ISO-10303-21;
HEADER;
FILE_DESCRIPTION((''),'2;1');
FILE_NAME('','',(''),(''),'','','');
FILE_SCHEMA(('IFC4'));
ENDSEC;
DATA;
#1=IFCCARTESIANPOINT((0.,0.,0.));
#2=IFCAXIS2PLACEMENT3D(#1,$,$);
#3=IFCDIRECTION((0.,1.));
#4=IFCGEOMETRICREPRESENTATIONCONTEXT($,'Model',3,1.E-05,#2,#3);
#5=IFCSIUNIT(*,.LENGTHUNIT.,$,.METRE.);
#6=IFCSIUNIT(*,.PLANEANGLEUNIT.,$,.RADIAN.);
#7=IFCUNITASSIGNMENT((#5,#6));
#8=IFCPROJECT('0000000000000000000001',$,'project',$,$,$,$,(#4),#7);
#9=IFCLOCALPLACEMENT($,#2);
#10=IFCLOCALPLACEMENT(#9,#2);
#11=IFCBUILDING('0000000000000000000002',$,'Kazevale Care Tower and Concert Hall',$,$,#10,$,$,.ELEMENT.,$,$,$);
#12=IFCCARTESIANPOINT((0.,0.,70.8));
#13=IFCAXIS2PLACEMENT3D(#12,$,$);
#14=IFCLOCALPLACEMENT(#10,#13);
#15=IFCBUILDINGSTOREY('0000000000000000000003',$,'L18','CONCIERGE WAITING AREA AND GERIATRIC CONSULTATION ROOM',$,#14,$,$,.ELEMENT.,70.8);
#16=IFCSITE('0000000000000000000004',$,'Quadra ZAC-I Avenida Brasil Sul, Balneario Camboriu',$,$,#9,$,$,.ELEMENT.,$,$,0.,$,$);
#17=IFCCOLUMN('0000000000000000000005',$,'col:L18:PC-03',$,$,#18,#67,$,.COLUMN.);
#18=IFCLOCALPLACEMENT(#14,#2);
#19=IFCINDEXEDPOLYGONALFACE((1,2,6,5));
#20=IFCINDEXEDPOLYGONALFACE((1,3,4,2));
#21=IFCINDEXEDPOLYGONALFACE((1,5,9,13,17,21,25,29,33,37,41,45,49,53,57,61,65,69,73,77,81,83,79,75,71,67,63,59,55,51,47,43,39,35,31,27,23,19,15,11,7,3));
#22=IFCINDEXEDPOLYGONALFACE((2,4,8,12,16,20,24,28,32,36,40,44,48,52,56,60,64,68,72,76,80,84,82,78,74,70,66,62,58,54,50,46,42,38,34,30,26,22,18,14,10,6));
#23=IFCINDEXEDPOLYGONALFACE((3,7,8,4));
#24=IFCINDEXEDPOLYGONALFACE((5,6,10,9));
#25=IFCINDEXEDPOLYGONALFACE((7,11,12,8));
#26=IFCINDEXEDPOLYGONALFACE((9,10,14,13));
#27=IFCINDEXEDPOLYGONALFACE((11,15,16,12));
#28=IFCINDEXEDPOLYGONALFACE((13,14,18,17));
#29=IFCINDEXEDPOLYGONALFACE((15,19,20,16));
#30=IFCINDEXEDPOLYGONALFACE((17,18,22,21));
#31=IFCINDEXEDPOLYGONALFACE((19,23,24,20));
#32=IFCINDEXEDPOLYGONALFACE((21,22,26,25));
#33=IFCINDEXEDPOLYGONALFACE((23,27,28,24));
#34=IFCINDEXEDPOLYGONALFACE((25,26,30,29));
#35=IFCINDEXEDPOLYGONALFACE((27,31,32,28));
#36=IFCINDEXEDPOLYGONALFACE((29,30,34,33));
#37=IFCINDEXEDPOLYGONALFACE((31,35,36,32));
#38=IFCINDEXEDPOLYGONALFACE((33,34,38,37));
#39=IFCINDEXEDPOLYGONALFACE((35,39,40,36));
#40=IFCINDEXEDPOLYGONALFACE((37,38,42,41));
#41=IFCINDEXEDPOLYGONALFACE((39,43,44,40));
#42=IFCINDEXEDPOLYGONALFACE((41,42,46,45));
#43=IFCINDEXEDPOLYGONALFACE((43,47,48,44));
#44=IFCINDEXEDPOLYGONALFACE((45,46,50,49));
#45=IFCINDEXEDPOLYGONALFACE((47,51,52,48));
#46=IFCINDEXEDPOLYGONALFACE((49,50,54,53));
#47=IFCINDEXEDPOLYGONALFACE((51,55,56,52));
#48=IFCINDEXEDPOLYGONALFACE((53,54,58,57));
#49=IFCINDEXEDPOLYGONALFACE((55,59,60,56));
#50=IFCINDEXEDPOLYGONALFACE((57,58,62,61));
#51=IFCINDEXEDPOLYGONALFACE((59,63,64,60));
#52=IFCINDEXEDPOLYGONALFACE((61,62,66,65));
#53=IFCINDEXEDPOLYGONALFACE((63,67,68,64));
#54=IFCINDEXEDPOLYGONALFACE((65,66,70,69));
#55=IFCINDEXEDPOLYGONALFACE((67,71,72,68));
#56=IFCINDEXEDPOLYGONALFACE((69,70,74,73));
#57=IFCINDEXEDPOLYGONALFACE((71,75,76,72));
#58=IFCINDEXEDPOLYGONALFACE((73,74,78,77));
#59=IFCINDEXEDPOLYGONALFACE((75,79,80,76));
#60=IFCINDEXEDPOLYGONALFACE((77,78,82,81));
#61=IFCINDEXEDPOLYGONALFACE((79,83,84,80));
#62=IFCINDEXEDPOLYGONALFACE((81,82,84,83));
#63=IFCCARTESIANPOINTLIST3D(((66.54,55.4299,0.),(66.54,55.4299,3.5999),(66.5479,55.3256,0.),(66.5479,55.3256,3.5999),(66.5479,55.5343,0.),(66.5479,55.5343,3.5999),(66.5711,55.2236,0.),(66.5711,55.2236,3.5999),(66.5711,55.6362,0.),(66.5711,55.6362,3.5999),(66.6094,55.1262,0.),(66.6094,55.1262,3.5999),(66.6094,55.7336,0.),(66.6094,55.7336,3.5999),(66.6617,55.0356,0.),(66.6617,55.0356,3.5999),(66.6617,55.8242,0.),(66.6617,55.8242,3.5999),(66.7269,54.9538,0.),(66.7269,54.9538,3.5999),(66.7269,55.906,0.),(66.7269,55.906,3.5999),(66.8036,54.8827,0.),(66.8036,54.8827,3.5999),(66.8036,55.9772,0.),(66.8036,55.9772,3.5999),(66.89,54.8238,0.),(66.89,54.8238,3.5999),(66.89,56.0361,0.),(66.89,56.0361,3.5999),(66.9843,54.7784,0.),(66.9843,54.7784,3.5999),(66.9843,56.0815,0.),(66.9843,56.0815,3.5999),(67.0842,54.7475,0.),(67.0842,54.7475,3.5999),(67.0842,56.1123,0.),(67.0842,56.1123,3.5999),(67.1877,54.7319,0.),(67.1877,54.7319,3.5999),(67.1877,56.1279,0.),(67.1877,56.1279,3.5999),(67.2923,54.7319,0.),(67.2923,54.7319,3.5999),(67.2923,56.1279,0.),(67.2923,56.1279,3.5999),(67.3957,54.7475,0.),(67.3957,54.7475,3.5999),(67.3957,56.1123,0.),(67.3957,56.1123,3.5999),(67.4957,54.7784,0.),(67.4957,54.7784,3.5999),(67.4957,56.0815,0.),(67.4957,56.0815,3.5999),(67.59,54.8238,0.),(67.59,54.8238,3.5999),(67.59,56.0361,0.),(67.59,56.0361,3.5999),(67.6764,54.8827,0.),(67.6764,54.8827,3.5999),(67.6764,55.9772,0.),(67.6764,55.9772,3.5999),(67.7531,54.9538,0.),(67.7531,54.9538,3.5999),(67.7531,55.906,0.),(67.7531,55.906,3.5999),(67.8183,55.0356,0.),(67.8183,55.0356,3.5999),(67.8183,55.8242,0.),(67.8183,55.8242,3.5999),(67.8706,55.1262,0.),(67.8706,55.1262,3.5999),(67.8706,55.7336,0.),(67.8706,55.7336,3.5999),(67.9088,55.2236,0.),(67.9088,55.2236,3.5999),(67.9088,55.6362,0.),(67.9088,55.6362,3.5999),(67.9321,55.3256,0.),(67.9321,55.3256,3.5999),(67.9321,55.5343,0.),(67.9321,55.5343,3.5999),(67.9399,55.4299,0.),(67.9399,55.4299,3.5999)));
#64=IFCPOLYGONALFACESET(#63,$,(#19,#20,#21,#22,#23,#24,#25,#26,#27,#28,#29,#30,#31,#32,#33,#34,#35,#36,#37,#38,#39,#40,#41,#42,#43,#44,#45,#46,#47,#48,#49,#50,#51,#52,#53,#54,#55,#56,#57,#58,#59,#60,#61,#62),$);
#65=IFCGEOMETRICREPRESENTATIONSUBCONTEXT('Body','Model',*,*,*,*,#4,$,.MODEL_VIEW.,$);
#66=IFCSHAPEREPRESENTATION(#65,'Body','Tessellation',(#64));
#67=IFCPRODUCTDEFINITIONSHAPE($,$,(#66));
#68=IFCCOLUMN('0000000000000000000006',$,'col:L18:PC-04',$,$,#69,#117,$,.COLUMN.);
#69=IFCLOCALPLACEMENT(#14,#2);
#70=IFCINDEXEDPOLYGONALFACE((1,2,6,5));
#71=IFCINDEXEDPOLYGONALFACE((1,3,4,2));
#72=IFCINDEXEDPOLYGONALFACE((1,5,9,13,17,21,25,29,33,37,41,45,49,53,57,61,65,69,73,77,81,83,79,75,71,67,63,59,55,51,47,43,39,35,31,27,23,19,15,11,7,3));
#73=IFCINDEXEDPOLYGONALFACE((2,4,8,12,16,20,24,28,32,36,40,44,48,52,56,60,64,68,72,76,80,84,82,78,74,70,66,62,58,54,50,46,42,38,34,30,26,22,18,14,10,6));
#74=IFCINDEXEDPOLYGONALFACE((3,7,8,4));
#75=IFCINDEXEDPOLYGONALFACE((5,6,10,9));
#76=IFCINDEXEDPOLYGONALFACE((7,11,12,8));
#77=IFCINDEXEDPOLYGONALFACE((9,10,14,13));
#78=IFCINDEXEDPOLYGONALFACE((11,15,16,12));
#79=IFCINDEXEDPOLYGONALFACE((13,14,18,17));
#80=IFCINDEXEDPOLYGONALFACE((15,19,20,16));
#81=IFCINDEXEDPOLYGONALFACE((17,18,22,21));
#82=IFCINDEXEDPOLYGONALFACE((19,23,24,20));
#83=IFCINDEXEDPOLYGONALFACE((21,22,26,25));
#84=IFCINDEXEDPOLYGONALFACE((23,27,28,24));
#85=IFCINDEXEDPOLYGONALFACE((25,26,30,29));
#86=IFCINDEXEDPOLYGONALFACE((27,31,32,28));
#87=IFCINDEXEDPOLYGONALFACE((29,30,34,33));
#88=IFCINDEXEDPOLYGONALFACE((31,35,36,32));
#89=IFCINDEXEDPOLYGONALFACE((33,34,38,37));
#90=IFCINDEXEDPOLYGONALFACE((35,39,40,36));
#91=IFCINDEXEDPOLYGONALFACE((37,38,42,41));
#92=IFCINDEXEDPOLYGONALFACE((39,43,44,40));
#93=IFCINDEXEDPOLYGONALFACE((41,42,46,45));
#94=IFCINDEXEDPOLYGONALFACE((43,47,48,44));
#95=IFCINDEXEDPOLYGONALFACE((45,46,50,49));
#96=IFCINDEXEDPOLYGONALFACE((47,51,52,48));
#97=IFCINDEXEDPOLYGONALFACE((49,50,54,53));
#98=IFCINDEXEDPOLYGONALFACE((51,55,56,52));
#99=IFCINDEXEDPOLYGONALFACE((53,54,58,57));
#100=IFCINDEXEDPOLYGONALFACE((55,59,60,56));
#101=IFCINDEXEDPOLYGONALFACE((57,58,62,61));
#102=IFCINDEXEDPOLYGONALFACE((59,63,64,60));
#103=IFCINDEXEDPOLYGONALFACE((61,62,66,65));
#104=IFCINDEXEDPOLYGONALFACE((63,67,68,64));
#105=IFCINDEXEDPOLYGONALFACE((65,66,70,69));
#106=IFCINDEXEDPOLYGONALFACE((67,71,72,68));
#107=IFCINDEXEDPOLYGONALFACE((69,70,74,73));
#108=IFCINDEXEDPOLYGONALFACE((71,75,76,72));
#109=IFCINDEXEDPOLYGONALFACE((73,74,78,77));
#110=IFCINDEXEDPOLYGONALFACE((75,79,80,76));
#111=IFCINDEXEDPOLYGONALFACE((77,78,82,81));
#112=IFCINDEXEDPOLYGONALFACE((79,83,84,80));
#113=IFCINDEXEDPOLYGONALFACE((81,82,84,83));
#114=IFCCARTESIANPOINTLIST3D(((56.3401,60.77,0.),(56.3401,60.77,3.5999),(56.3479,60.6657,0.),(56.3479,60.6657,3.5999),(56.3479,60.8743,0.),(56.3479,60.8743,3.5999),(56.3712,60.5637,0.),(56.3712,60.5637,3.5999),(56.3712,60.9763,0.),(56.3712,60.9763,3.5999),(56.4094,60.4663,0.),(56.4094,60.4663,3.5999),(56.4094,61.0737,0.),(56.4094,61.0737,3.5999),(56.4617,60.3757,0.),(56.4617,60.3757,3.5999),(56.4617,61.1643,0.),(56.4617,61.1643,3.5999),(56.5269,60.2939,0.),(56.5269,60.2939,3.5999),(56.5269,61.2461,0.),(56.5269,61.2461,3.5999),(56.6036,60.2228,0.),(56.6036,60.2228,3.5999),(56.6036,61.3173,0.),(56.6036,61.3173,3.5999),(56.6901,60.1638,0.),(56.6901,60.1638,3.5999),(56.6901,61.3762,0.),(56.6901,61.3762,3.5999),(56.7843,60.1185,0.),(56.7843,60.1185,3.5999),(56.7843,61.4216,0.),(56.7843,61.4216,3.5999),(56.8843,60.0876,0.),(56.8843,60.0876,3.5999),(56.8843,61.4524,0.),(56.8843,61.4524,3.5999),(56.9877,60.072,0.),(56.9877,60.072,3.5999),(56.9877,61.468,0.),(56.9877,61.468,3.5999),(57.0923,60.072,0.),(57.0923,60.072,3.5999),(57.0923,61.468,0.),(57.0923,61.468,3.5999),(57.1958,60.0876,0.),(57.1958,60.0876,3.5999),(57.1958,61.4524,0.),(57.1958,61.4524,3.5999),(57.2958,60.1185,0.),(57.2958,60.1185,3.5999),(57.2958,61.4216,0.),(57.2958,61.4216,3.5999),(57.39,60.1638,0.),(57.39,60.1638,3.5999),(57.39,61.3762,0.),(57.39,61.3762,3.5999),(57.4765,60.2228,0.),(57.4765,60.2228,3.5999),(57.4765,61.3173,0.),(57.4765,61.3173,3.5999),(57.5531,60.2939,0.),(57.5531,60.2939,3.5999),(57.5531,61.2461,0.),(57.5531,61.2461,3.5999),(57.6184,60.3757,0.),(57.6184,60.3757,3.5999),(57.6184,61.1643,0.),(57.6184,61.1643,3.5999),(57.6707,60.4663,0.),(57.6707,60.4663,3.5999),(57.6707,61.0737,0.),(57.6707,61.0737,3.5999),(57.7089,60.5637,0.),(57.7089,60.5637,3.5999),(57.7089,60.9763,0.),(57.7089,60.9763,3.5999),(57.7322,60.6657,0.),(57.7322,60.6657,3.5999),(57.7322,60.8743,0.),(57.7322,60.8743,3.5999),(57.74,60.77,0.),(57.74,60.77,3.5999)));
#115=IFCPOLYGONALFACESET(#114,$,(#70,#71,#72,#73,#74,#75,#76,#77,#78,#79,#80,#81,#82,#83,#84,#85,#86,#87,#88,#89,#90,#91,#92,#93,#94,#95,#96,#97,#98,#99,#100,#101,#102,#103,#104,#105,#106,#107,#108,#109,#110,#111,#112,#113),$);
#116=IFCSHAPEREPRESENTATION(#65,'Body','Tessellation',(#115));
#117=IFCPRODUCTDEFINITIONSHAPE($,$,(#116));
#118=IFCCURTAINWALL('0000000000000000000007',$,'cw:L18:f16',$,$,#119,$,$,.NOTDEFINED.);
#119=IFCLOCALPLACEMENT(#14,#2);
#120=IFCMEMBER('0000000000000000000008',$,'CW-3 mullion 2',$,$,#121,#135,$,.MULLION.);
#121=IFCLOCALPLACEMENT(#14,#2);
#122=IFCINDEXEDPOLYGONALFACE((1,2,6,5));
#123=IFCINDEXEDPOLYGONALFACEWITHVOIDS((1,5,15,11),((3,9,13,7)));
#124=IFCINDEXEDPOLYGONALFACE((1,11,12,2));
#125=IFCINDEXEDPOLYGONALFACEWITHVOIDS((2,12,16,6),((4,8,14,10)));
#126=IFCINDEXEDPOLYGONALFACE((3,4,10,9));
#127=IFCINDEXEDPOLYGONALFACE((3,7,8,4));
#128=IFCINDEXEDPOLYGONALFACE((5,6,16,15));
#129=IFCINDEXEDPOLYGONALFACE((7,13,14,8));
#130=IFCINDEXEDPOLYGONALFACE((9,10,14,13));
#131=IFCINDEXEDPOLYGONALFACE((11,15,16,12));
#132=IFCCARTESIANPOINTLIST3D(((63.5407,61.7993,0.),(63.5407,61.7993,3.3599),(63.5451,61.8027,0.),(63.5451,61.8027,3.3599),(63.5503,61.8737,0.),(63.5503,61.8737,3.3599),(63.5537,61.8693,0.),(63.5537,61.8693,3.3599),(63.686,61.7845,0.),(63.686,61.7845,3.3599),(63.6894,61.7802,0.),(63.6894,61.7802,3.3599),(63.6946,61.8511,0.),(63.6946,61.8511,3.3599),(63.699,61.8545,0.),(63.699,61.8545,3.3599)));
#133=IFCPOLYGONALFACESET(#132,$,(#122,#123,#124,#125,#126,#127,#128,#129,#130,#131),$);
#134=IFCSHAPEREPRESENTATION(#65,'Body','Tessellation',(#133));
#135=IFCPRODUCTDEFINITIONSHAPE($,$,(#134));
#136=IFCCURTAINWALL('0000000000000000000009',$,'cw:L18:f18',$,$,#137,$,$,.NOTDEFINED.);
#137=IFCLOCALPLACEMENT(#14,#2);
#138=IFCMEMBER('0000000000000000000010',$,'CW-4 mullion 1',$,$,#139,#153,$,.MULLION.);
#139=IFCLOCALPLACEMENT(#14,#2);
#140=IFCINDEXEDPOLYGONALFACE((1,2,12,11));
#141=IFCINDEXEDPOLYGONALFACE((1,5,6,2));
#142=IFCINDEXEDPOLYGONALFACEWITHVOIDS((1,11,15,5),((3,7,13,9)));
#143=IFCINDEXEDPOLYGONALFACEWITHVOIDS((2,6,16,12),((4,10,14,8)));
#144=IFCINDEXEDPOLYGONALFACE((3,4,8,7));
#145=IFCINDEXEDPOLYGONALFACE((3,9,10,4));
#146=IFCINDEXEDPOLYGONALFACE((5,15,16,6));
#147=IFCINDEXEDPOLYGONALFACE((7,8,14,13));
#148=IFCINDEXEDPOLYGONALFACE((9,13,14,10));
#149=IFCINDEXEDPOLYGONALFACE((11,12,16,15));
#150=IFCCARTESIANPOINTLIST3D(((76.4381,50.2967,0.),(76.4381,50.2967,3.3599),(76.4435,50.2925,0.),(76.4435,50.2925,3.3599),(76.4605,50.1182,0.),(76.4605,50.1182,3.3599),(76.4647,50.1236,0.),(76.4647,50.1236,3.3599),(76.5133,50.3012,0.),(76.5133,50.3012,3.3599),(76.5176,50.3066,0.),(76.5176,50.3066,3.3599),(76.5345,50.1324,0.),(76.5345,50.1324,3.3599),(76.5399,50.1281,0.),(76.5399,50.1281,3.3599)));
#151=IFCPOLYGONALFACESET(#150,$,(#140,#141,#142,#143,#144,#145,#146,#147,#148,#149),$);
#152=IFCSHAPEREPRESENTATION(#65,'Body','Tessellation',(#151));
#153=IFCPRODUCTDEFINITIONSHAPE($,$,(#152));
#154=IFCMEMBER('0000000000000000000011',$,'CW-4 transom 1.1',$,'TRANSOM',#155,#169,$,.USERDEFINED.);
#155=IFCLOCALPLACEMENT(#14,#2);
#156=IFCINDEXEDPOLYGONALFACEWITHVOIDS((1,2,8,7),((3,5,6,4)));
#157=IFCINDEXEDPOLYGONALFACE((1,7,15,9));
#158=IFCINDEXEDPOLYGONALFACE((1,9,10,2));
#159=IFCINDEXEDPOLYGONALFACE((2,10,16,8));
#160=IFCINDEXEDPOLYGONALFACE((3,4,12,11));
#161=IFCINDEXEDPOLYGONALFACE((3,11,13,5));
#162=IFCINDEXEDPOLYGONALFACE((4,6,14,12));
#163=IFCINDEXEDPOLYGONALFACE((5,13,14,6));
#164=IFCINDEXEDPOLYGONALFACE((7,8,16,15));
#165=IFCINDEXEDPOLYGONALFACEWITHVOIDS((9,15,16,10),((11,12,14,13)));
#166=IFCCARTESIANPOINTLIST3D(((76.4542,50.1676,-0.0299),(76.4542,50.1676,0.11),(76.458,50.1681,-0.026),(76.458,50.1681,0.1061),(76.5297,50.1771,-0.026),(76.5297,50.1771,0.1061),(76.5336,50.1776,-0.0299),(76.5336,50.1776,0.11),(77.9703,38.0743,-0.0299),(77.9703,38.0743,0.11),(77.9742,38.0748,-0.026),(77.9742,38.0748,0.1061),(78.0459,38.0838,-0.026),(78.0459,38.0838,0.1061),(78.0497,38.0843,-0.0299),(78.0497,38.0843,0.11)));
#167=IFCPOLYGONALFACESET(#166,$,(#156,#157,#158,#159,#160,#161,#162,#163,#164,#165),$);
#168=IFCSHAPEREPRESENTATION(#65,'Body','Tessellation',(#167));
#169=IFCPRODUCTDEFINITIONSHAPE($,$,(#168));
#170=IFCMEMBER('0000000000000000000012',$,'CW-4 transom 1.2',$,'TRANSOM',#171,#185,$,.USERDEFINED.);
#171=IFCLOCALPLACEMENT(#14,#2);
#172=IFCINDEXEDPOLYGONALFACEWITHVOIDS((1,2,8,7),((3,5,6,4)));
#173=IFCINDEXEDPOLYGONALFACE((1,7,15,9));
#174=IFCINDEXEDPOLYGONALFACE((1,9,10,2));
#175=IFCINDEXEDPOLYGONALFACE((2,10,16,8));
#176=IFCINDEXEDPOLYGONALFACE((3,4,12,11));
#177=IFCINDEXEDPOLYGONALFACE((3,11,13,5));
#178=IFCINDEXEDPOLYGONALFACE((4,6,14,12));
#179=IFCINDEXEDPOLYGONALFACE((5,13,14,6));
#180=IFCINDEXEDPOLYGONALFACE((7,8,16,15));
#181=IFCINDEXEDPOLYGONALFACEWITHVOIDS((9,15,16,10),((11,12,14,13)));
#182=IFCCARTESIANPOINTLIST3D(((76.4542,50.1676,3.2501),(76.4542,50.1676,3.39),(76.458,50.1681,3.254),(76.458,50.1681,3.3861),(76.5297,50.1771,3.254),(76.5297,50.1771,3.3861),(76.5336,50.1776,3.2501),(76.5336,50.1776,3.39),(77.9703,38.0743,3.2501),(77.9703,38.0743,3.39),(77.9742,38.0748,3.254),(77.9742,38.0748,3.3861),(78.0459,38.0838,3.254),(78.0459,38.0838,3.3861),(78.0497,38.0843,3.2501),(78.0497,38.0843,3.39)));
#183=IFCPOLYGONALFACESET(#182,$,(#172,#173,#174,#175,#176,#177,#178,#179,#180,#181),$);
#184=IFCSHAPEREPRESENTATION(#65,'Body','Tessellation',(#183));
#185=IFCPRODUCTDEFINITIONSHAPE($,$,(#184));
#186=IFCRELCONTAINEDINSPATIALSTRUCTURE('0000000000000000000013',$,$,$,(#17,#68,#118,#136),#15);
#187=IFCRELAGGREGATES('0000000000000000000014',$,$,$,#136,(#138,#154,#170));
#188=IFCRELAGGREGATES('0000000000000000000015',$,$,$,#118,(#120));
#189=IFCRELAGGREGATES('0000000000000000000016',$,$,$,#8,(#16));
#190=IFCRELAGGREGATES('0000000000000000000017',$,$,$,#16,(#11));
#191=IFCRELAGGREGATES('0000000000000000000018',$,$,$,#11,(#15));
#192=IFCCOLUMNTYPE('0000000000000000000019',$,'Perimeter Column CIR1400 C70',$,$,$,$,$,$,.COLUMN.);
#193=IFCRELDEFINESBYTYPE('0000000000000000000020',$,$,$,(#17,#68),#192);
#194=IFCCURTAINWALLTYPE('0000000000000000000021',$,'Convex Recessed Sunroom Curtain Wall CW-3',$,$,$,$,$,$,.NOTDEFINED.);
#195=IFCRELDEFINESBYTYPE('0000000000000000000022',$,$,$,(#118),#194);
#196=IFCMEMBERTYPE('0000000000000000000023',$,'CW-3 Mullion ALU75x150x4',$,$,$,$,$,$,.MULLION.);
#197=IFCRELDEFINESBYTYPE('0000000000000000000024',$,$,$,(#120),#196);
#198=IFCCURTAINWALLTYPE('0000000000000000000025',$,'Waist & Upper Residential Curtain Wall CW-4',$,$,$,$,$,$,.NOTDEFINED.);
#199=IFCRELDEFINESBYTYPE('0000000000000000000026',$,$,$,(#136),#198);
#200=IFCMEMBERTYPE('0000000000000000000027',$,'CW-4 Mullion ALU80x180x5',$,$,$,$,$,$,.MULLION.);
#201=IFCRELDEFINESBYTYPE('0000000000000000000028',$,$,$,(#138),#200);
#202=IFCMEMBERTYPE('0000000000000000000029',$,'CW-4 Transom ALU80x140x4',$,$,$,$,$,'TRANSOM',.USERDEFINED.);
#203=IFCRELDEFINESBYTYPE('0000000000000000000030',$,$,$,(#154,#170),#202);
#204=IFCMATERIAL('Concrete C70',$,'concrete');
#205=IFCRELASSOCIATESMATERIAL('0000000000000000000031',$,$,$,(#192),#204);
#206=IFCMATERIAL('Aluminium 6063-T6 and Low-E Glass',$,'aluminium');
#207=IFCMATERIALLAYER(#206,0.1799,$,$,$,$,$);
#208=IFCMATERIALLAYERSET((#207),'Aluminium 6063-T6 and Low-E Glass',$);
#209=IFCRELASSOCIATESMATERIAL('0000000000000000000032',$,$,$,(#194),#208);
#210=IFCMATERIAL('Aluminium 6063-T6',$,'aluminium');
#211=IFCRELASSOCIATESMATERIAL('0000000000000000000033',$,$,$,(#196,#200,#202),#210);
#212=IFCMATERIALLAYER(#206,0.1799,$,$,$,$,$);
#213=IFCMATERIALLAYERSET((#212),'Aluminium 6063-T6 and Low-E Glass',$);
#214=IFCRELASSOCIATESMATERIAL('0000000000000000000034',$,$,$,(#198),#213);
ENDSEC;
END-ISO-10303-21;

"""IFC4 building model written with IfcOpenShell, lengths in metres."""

from ifc_helpers import new_model, si_unit, direction, frame, origin, origin_2d, place, context, subcontext, project, spatial, hollow_rectangle, circle, extrude, material, layer, layer_set, material_profile, profile_set, type_object, element, aggregate, save


model = new_model("IFC4")

# Units and contexts
model_context = context("Model", 3, precision=1e-05, world=origin(), true_north=direction((0.0, 1.0)))
body_context = subcontext(model_context, "Body", "Model", "MODEL_VIEW")
ifc_project = project(units=[si_unit("LENGTHUNIT", "METRE"), si_unit("PLANEANGLEUNIT", "RADIAN")], contexts=[model_context])

# Site, building, storey
site_placement = place(None, origin())
site = spatial("IfcSite", under=ifc_project, at=site_placement, Name="Quadra ZAC-I Avenida Brasil Sul, Balneario Camboriu", CompositionType="ELEMENT", RefElevation=0.0)
building_placement = place(site_placement, origin())
building = spatial("IfcBuilding", under=site, at=building_placement, Name="Kazevale Care Tower and Concert Hall", CompositionType="ELEMENT")
storey_placement = place(building_placement, frame((0.0, 0.0, 70.8)))
storey = spatial("IfcBuildingStorey", under=building, at=storey_placement, Name="L18", Description="CONCIERGE WAITING AREA AND GERIATRIC CONSULTATION ROOM", CompositionType="ELEMENT", Elevation=70.8)

# Columns
ifc_material_1 = material(Name="Concrete C70", Category="concrete")
ifc_material_profile_1 = material_profile(ifc_material_1, circle(Radius=0.7, at=origin_2d()), Name="RC-CIR1400")
ifc_profile_set_1 = profile_set([ifc_material_profile_1], Name="Concrete C70")
column_type = type_object("IfcColumnType", Name="Perimeter Column CIR1400 C70", PredefinedType="COLUMN", material=ifc_profile_set_1)
for number, where, z_axis, x_axis, name in (
    (1, (67.24, 55.4299, 0.0), (0.0, 0.0, 1.0), (1.0, 0.0, 0.0), "col:L18:PC-03"),
    (2, (57.04, 60.77, 0.0), (0.0, 0.0, 1.0), (1.0, 0.0, 0.0), "col:L18:PC-04"),
):
    element("IfcColumn", number, at=place(storey_placement, frame(where, z_axis=z_axis, x_axis=x_axis)), inside=storey, type_object=column_type, Name=name, PredefinedType="COLUMN", context=body_context, shape_type="SweptSolid", body=[
        extrude(circle(Radius=0.7, at=origin_2d()), origin(), (0.0, 0.0, 1.0), 3.5999),
    ])

# Curtain wall, member
ifc_material_2 = material(Name="Aluminium 6063-T6 and Low-E Glass", Category="aluminium")
ifc_layer_1 = layer(ifc_material_2, 0.1799)
ifc_layer_set_1 = layer_set([ifc_layer_1], Name="Aluminium 6063-T6 and Low-E Glass")
curtain_wall_type_1 = type_object("IfcCurtainWallType", Name="Convex Recessed Sunroom Curtain Wall CW-3", PredefinedType="NOTDEFINED", material=ifc_layer_set_1)
curtain_wall_1_placement = place(storey_placement, origin())
curtain_wall_1 = element("IfcCurtainWall", 3, at=curtain_wall_1_placement, inside=storey, type_object=curtain_wall_type_1, Name="cw:L18:f16", PredefinedType="NOTDEFINED")
ifc_material_3 = material(Name="Aluminium 6063-T6", Category="aluminium")
ifc_material_profile_2 = material_profile(ifc_material_3, hollow_rectangle(XDim=0.075, YDim=0.1499, WallThickness=0.0039, at=origin_2d()), Name="ALU75x150x4")
ifc_profile_set_2 = profile_set([ifc_material_profile_2], Name="Aluminium 6063-T6")
member_type_1 = type_object("IfcMemberType", Name="CW-3 Mullion ALU75x150x4", PredefinedType="MULLION", material=ifc_profile_set_2)
member_1_placement = place(storey_placement, frame((63.6199, 61.8269, 0.0), z_axis=(0.0, 0.0, 1.0), x_axis=(0.12787, 0.991791, 0.0)))
member_1 = element("IfcMember", 4, at=member_1_placement, type_object=member_type_1, Name="CW-3 mullion 2", PredefinedType="MULLION", context=body_context, shape_type="SweptSolid", body=[
    extrude(hollow_rectangle(XDim=0.075, YDim=0.1499, WallThickness=0.0039, at=origin_2d()), origin(), (0.0, 0.0, 1.0), 3.3599),
])

# Curtain wall, members
ifc_layer_2 = layer(ifc_material_2, 0.1799)
ifc_layer_set_2 = layer_set([ifc_layer_2], Name="Aluminium 6063-T6 and Low-E Glass")
curtain_wall_type_2 = type_object("IfcCurtainWallType", Name="Waist & Upper Residential Curtain Wall CW-4", PredefinedType="NOTDEFINED", material=ifc_layer_set_2)
curtain_wall_2_placement = place(storey_placement, origin())
curtain_wall_2 = element("IfcCurtainWall", 5, at=curtain_wall_2_placement, inside=storey, type_object=curtain_wall_type_2, Name="cw:L18:f18", PredefinedType="NOTDEFINED")
ifc_material_profile_3 = material_profile(ifc_material_3, hollow_rectangle(XDim=0.0801, YDim=0.1799, WallThickness=0.0049, at=origin_2d()), Name="ALU80x180x5")
ifc_profile_set_3 = profile_set([ifc_material_profile_3], Name="Aluminium 6063-T6")
member_type_2 = type_object("IfcMemberType", Name="CW-4 Mullion ALU80x180x5", PredefinedType="MULLION", material=ifc_profile_set_3)
member_2_placement = place(storey_placement, frame((76.489, 50.2124, 0.0), z_axis=(0.0, 0.0, 1.0), x_axis=(0.992233, 0.124394, 0.0)))
member_2 = element("IfcMember", 6, at=member_2_placement, type_object=member_type_2, Name="CW-4 mullion 1", PredefinedType="MULLION", context=body_context, shape_type="SweptSolid", body=[
    extrude(hollow_rectangle(XDim=0.0801, YDim=0.1799, WallThickness=0.0049, at=origin_2d()), origin(), (0.0, 0.0, 1.0), 3.3599),
])
ifc_material_profile_4 = material_profile(ifc_material_3, hollow_rectangle(XDim=0.0801, YDim=0.1399, WallThickness=0.0039, at=origin_2d()), Name="ALU80x140x4")
ifc_profile_set_4 = profile_set([ifc_material_profile_4], Name="Aluminium 6063-T6")
member_type_3 = type_object("IfcMemberType", Name="CW-4 Transom ALU80x140x4", ElementType="TRANSOM", PredefinedType="USERDEFINED", material=ifc_profile_set_4)
member_3_placement = place(storey_placement, frame((76.4939, 50.1726, 0.04), z_axis=(0.124395, -0.992233, 0.0), x_axis=(0.992233, 0.124395, 0.0)))
member_3 = element("IfcMember", 7, at=member_3_placement, type_object=member_type_3, Name="CW-4 transom 1.1", ObjectType="TRANSOM", PredefinedType="USERDEFINED", context=body_context, shape_type="SweptSolid", body=[
    extrude(hollow_rectangle(XDim=0.0801, YDim=0.1399, WallThickness=0.0039, at=origin_2d()), origin(), (0.0, 0.0, 1.0), 12.188),
])
member_4_placement = place(storey_placement, frame((76.4939, 50.1726, 3.3201), z_axis=(0.124395, -0.992233, 0.0), x_axis=(0.992233, 0.124395, 0.0)))
member_4 = element("IfcMember", 8, at=member_4_placement, type_object=member_type_3, Name="CW-4 transom 1.2", ObjectType="TRANSOM", PredefinedType="USERDEFINED", context=body_context, shape_type="SweptSolid", body=[
    extrude(hollow_rectangle(XDim=0.0801, YDim=0.1399, WallThickness=0.0039, at=origin_2d()), origin(), (0.0, 0.0, 1.0), 12.188),
])
aggregate(curtain_wall_2, [member_2, member_3, member_4])

aggregate(curtain_wall_1, [member_1])

save(model, "model.ifc")
